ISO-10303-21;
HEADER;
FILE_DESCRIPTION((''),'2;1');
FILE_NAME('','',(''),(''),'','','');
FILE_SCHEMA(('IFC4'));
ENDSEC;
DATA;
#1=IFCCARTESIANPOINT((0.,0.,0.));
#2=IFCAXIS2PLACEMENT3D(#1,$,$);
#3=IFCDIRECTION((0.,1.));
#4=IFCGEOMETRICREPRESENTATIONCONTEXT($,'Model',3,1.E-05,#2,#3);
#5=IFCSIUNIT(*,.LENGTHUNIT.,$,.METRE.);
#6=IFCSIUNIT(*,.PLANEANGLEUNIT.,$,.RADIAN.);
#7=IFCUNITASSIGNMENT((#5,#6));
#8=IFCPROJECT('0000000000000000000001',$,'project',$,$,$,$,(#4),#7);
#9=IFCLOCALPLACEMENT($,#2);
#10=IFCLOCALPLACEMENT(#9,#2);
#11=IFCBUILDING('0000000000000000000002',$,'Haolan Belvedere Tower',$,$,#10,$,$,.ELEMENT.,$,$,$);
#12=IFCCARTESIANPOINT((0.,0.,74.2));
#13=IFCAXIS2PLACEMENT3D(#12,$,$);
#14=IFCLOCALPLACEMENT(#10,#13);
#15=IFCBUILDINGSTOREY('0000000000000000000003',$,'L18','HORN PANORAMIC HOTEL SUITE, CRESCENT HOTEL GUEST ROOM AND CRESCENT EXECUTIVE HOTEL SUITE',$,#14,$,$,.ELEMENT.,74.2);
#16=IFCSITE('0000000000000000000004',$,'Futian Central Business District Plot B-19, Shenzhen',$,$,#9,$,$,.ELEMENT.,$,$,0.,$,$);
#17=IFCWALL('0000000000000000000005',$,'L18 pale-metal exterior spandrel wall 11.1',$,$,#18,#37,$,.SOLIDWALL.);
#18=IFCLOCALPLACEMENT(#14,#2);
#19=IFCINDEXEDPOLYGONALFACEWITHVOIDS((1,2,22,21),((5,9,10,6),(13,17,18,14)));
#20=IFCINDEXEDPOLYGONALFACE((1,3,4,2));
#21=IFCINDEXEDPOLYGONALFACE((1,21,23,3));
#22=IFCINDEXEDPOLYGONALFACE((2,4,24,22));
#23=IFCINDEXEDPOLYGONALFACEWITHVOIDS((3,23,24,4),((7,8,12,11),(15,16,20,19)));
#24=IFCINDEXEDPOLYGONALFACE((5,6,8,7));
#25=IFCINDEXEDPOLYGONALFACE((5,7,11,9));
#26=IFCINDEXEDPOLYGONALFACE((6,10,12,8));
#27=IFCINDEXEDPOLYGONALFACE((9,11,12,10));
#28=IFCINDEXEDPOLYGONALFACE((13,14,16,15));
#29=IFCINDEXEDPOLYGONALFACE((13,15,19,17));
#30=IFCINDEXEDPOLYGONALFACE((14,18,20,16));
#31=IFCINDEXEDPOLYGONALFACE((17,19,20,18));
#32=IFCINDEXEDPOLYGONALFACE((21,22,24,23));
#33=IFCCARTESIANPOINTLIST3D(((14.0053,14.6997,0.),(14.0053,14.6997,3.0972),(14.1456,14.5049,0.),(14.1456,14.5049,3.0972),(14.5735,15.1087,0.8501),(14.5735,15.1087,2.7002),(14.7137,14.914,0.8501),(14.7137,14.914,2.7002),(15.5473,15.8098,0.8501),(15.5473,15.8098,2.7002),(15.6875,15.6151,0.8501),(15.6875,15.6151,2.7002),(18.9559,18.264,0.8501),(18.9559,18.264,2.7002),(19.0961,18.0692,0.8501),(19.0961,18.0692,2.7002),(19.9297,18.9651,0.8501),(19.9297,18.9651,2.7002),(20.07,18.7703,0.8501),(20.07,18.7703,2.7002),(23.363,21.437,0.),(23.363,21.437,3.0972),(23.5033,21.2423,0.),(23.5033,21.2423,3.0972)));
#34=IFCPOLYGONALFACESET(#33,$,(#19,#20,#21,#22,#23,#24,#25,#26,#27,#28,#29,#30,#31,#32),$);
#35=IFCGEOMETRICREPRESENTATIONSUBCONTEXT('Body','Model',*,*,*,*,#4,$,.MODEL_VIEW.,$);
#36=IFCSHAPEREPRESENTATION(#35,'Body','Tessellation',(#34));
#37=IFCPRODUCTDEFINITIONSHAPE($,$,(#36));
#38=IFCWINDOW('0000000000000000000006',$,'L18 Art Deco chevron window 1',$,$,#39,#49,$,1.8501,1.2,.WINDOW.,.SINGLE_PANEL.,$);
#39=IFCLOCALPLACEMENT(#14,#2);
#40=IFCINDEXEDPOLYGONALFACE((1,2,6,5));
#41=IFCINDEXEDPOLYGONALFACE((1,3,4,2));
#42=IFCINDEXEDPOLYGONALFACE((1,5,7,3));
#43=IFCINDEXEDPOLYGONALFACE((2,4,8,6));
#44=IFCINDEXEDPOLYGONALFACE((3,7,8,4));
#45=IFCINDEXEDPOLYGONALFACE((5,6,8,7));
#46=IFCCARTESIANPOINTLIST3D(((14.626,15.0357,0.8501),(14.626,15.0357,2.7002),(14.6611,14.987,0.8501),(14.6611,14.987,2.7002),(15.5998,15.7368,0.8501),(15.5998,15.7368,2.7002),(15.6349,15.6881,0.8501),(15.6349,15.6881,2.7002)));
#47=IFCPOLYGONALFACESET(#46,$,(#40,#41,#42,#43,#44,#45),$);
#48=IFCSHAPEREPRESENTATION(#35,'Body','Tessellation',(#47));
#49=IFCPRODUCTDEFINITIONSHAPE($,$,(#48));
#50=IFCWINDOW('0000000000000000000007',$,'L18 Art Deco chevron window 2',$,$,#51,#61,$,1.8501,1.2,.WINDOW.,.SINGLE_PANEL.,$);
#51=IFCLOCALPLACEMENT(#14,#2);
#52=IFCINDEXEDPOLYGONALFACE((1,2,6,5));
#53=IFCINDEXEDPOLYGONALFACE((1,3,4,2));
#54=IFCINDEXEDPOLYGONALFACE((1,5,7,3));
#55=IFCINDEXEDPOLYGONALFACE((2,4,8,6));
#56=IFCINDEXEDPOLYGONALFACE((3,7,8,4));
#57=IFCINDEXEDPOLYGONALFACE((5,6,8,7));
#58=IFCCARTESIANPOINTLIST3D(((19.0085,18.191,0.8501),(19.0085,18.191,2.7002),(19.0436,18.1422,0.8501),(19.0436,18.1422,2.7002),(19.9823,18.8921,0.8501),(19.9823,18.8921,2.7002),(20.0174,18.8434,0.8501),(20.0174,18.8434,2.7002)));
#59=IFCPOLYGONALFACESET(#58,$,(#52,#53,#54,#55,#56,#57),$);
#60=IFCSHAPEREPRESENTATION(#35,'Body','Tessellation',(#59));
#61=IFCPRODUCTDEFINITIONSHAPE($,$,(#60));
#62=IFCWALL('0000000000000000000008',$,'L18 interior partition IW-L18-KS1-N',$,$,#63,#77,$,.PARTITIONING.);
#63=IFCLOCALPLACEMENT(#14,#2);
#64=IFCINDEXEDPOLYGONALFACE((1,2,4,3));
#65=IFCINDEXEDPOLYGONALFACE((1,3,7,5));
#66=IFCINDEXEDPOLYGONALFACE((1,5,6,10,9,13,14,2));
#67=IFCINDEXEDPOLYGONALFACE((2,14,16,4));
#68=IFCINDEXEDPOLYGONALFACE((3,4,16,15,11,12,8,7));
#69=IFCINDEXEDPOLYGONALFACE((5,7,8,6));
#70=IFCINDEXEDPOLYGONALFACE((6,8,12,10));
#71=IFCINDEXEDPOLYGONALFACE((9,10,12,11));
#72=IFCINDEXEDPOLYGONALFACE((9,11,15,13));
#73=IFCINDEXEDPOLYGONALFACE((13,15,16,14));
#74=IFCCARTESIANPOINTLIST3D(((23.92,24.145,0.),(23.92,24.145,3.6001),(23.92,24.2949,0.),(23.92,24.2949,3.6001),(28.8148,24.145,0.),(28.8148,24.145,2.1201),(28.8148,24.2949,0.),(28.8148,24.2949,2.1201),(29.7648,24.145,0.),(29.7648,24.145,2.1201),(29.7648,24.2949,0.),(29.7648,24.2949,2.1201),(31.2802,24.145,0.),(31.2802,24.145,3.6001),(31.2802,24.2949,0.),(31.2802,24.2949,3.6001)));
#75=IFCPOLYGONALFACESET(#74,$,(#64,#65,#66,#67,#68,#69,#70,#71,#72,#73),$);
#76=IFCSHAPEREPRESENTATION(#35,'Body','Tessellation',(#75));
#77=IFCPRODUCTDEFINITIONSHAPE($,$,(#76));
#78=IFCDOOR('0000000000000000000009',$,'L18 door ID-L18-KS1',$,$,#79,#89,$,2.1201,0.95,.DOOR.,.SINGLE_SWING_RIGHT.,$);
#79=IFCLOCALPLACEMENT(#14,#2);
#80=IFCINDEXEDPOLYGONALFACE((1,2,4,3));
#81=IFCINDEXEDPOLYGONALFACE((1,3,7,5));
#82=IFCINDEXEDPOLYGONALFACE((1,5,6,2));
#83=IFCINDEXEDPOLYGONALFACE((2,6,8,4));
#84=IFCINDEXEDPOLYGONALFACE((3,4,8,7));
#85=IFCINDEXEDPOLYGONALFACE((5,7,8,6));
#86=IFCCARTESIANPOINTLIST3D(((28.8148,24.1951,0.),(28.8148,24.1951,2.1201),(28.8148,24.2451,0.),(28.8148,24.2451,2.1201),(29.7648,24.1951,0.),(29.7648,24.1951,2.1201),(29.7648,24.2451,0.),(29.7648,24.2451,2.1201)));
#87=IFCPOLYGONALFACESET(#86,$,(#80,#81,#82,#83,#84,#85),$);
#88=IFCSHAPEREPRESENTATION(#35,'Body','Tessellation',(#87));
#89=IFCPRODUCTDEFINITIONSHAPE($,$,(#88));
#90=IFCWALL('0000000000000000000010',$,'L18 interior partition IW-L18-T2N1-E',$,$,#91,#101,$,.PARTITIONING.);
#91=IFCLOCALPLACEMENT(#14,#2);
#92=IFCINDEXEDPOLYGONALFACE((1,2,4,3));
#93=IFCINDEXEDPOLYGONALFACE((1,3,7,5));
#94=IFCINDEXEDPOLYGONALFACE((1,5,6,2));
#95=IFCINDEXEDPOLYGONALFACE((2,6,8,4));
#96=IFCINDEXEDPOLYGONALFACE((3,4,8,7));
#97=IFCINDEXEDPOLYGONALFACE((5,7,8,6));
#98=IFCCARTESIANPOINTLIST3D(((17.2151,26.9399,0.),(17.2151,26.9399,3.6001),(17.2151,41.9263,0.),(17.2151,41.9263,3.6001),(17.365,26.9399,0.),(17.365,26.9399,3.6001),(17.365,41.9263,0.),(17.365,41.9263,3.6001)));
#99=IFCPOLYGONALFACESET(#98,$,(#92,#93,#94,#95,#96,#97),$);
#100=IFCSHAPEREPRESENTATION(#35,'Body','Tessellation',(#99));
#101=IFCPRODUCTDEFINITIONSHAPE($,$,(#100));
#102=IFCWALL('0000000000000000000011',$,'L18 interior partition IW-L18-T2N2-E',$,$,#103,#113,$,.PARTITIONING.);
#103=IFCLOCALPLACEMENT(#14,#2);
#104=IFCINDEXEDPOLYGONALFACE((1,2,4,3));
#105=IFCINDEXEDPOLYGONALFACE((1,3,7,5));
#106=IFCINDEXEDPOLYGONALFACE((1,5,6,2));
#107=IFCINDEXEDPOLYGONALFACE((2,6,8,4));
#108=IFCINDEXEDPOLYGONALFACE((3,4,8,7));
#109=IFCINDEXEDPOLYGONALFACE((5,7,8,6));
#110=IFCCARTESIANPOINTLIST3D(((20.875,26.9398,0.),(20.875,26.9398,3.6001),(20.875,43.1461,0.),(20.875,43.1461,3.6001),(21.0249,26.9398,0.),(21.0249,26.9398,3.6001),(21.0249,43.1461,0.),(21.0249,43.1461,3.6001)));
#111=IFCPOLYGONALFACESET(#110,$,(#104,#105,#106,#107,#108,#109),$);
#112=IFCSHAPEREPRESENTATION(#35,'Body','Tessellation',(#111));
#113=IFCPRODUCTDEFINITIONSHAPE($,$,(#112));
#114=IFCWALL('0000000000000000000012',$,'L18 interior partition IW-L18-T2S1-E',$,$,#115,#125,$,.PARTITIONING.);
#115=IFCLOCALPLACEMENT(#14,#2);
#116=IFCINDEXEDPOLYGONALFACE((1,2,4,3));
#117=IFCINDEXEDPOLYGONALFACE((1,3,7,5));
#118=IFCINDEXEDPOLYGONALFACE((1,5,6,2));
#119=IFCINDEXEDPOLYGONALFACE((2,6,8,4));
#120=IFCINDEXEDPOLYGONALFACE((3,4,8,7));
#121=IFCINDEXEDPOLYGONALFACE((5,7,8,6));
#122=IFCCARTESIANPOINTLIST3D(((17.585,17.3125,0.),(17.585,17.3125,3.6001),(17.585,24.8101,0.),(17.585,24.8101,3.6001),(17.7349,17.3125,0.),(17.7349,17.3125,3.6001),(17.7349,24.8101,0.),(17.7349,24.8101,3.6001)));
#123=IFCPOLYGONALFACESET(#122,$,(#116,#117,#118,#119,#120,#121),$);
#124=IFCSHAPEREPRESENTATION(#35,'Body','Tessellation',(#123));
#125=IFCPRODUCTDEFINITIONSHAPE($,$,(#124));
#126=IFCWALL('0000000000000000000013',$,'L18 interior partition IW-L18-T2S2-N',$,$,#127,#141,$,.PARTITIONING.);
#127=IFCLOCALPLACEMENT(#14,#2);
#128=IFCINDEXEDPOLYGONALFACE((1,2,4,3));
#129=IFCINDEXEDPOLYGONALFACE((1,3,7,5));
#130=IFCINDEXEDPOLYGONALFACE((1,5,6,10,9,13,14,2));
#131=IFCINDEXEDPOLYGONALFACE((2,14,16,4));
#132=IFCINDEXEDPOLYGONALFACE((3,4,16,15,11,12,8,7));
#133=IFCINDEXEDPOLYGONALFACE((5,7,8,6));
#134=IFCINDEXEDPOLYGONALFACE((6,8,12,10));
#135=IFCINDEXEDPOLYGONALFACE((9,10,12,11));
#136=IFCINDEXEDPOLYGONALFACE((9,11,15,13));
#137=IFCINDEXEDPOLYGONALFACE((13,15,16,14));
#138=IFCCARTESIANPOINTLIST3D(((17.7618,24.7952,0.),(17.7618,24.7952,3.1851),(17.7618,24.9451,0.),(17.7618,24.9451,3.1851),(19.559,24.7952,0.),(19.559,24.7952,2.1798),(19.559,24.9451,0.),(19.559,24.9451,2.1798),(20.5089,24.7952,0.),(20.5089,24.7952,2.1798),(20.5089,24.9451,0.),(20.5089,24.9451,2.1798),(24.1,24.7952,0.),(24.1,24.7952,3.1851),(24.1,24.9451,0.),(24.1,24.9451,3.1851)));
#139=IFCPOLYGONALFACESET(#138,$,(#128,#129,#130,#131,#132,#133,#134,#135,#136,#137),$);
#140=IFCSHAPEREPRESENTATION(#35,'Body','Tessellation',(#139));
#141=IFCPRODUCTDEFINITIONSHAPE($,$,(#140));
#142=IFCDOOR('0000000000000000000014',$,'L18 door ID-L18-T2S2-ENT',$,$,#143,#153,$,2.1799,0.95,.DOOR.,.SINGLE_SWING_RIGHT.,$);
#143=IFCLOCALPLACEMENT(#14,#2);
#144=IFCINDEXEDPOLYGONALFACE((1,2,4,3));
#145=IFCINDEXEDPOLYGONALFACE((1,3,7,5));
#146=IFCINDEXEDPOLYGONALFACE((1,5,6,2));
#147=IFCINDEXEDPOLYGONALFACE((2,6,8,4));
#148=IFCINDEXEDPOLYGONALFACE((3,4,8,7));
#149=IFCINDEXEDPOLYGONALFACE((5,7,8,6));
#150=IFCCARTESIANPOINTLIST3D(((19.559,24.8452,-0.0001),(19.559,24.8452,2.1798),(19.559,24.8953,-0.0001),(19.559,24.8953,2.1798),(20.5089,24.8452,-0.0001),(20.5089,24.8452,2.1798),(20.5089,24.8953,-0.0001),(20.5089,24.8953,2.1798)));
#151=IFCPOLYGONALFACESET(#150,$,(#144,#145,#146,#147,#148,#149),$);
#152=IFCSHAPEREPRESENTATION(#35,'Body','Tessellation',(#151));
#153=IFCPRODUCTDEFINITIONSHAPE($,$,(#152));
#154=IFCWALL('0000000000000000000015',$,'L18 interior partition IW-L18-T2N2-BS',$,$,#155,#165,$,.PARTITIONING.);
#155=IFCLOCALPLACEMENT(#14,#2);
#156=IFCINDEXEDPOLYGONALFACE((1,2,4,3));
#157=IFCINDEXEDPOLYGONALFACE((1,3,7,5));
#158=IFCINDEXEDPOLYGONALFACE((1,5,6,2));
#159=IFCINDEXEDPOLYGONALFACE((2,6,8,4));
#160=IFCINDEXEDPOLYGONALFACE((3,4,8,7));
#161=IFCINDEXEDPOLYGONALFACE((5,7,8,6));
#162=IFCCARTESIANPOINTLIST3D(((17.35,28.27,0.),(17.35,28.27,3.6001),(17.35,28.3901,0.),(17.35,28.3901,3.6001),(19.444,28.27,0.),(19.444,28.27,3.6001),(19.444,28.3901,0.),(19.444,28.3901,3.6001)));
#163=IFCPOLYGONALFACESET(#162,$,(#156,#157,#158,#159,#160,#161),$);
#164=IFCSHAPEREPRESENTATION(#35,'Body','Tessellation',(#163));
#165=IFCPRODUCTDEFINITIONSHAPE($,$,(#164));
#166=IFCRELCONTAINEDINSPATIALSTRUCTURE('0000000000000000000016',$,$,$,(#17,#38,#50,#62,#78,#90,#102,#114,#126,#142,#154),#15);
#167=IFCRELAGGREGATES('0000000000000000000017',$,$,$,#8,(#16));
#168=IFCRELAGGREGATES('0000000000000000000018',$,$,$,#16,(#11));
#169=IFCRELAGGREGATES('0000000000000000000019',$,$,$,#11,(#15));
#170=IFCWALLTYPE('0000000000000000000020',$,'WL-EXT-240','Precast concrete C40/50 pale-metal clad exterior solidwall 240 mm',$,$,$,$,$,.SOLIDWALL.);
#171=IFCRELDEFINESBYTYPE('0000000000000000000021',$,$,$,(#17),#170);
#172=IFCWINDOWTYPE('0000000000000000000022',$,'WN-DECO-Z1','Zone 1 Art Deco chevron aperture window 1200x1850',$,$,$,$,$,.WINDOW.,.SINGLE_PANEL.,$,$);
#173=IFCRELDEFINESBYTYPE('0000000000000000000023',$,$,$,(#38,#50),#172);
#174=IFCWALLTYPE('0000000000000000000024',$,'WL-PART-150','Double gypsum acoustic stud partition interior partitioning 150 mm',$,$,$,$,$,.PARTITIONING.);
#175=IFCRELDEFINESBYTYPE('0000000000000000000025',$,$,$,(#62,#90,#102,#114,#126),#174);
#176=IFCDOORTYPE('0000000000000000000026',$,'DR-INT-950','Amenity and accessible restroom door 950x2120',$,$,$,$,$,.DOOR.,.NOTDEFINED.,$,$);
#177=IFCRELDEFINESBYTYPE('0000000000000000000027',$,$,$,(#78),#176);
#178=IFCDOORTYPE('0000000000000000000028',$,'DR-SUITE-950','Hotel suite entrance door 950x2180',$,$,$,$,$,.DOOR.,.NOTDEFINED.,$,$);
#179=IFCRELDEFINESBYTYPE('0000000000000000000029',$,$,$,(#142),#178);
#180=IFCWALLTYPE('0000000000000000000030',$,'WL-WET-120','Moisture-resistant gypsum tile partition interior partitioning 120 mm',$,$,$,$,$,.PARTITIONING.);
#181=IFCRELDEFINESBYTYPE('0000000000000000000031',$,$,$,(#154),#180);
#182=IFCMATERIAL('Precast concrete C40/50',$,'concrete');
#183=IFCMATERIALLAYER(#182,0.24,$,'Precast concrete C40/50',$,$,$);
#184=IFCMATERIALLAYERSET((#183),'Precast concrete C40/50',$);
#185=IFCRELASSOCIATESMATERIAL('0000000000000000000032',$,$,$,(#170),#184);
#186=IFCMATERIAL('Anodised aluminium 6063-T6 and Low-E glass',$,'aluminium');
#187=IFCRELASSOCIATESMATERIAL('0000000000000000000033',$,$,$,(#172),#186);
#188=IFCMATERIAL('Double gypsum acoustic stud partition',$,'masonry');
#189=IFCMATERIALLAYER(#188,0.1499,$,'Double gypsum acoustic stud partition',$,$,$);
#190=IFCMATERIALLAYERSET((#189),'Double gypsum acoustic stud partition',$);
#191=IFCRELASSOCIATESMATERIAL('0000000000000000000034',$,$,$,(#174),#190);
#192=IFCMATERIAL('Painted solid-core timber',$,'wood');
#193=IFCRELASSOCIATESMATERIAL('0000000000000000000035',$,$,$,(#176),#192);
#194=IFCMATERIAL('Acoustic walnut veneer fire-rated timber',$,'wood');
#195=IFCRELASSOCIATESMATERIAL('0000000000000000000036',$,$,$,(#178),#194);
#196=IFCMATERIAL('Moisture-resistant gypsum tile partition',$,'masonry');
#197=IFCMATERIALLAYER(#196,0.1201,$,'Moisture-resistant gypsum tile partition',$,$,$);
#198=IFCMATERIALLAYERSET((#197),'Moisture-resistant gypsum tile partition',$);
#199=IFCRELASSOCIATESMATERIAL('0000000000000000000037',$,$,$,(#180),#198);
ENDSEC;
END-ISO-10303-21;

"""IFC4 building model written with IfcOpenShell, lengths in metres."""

from ifc_helpers import new_model, si_unit, direction, frame, frame_2d, origin, place, context, subcontext, project, spatial, rectangle, extrude, material, layer, layer_set, type_object, element, fill, save


model = new_model("IFC4")

# Units and contexts
model_context = context("Model", 3, precision=1e-05, world=origin(), true_north=direction((0.0, 1.0)))
body_context = subcontext(model_context, "Body", "Model", "MODEL_VIEW")
ifc_project = project(units=[si_unit("LENGTHUNIT", "METRE"), si_unit("PLANEANGLEUNIT", "RADIAN")], contexts=[model_context])

# Site, building, storey
site_placement = place(None, origin())
site = spatial("IfcSite", under=ifc_project, at=site_placement, Name="Futian Central Business District Plot B-19, Shenzhen", CompositionType="ELEMENT", RefElevation=0.0)
building_placement = place(site_placement, origin())
building = spatial("IfcBuilding", under=site, at=building_placement, Name="Haolan Belvedere Tower", CompositionType="ELEMENT")
storey_placement = place(building_placement, frame((0.0, 0.0, 74.2)))
storey = spatial("IfcBuildingStorey", under=building, at=storey_placement, Name="L18", Description="HORN PANORAMIC HOTEL SUITE, CRESCENT HOTEL GUEST ROOM AND CRESCENT EXECUTIVE HOTEL SUITE", CompositionType="ELEMENT", Elevation=74.2)

# Shared definitions
ifc_material_1 = material(Name="Precast concrete C40/50", Category="concrete")
ifc_layer_1 = layer(ifc_material_1, 0.24, Name="Precast concrete C40/50")
ifc_layer_set_1 = layer_set([ifc_layer_1], Name="Precast concrete C40/50")
wall_type_1 = type_object("IfcWallType", Name="WL-EXT-240", Description="Precast concrete C40/50 pale-metal clad exterior solidwall 240 mm", PredefinedType="SOLIDWALL", material=ifc_layer_set_1)

# Wall, openings, windows
wall_1_placement = place(storey_placement, frame((14.0754, 14.6023, 0.0), z_axis=(0.0, 0.0, 1.0), x_axis=(0.811543, 0.584292, 0.0)))
wall_1 = element("IfcWall", 1, at=wall_1_placement, inside=storey, type_object=wall_type_1, Name="L18 pale-metal exterior spandrel wall 11.1", PredefinedType="SOLIDWALL", context=body_context, shape_type="SweptSolid", body=[
    extrude(rectangle(XDim=11.5308, YDim=0.24, at=frame_2d((5.7654, 0.0))), origin(), (0.0, 0.0, 1.0), 3.0972),
])
opening_1_placement = place(wall_1_placement, frame((0.7, 0.0, 0.8501)))
opening_1 = element("IfcOpeningElement", 2, at=opening_1_placement, cuts=wall_1, PredefinedType="OPENING", context=body_context, shape_type="SweptSolid", body=[
    extrude(rectangle(XDim=1.2, YDim=1.8501, at=frame_2d((0.6001, 0.925))), frame((0.0, 0.1299, 0.0), z_axis=(0.0, -1.0, 0.0), x_axis=(1.0, 0.0, 0.0)), (0.0, 0.0, 1.0), 0.26),
])
opening_2_placement = place(wall_1_placement, frame((6.1001, 0.0, 0.8501)))
opening_2 = element("IfcOpeningElement", 3, at=opening_2_placement, cuts=wall_1, PredefinedType="OPENING", context=body_context, shape_type="SweptSolid", body=[
    extrude(rectangle(XDim=1.2, YDim=1.8501, at=frame_2d((0.6001, 0.925))), frame((0.0, 0.1299, 0.0), z_axis=(0.0, -1.0, 0.0), x_axis=(1.0, 0.0, 0.0)), (0.0, 0.0, 1.0), 0.26),
])
ifc_material_2 = material(Name="Anodised aluminium 6063-T6 and Low-E glass", Category="aluminium")
window_type = type_object("IfcWindowType", Name="WN-DECO-Z1", Description="Zone 1 Art Deco chevron aperture window 1200x1850", PartitioningType="SINGLE_PANEL", PredefinedType="WINDOW", material=ifc_material_2)
window_1_placement = place(opening_1_placement, origin())
window_1 = element("IfcWindow", 4, at=window_1_placement, inside=storey, type_object=window_type, Name="L18 Art Deco chevron window 1", OverallHeight=1.8501, OverallWidth=1.2, PartitioningType="SINGLE_PANEL", PredefinedType="WINDOW", context=body_context, shape_type="SweptSolid", body=[
    extrude(rectangle(XDim=1.2, YDim=1.8501, at=frame_2d((0.6001, 0.925))), frame((0.0, 0.03, 0.0), z_axis=(0.0, -1.0, 0.0), x_axis=(1.0, 0.0, 0.0)), (0.0, 0.0, 1.0), 0.0601),
])
fill(opening_1, window_1)
window_2_placement = place(opening_2_placement, origin())
window_2 = element("IfcWindow", 5, at=window_2_placement, inside=storey, type_object=window_type, Name="L18 Art Deco chevron window 2", OverallHeight=1.8501, OverallWidth=1.2, PartitioningType="SINGLE_PANEL", PredefinedType="WINDOW", context=body_context, shape_type="SweptSolid", body=[
    extrude(rectangle(XDim=1.2, YDim=1.8501, at=frame_2d((0.6001, 0.925))), frame((0.0, 0.03, 0.0), z_axis=(0.0, -1.0, 0.0), x_axis=(1.0, 0.0, 0.0)), (0.0, 0.0, 1.0), 0.0601),
])
fill(opening_2, window_2)

# Wall, opening, door
ifc_material_3 = material(Name="Double gypsum acoustic stud partition", Category="masonry")
ifc_layer_2 = layer(ifc_material_3, 0.1499, Name="Double gypsum acoustic stud partition")
ifc_layer_set_2 = layer_set([ifc_layer_2], Name="Double gypsum acoustic stud partition")
wall_type_2 = type_object("IfcWallType", Name="WL-PART-150", Description="Double gypsum acoustic stud partition interior partitioning 150 mm", PredefinedType="PARTITIONING", material=ifc_layer_set_2)
wall_2_placement = place(storey_placement, frame((23.9199, 24.22, 0.0), z_axis=(0.0, 0.0, 1.0), x_axis=(1.0, 0.0, 0.0)))
wall_2 = element("IfcWall", 6, at=wall_2_placement, inside=storey, type_object=wall_type_2, Name="L18 interior partition IW-L18-KS1-N", PredefinedType="PARTITIONING", context=body_context, shape_type="SweptSolid", body=[
    extrude(rectangle(XDim=7.3601, YDim=0.1499, at=frame_2d((3.6802, 0.0))), origin(), (0.0, 0.0, 1.0), 3.6001),
])
opening_3_placement = place(wall_2_placement, frame((5.845, 0.0, 0.0), z_axis=(0.0, 0.0, 1.0), x_axis=(-1.0, 0.0, 0.0)))
opening_3 = element("IfcOpeningElement", 7, at=opening_3_placement, cuts=wall_2, PredefinedType="OPENING", context=body_context, shape_type="SweptSolid", body=[
    extrude(rectangle(XDim=0.95, YDim=2.1201, at=frame_2d((0.4751, 1.0601))), frame((0.0, 0.085, 0.0), z_axis=(0.0, -1.0, 0.0), x_axis=(1.0, 0.0, 0.0)), (0.0, 0.0, 1.0), 0.1699),
])
ifc_material_4 = material(Name="Painted solid-core timber", Category="wood")
door_type_1 = type_object("IfcDoorType", Name="DR-INT-950", Description="Amenity and accessible restroom door 950x2120", OperationType="NOTDEFINED", PredefinedType="DOOR", material=ifc_material_4)
door_1_placement = place(opening_3_placement, origin())
door_1 = element("IfcDoor", 8, at=door_1_placement, inside=storey, type_object=door_type_1, Name="L18 door ID-L18-KS1", OperationType="SINGLE_SWING_RIGHT", OverallHeight=2.1201, OverallWidth=0.95, PredefinedType="DOOR", context=body_context, shape_type="SweptSolid", body=[
    extrude(rectangle(XDim=0.95, YDim=2.1201, at=frame_2d((0.4751, 1.0601))), frame((0.0, 0.0249, 0.0), z_axis=(0.0, -1.0, 0.0), x_axis=(1.0, 0.0, 0.0)), (0.0, 0.0, 1.0), 0.05),
])
fill(opening_3, door_1)

# Wall
wall_3_placement = place(storey_placement, frame((17.29, 26.9399, 0.0), z_axis=(0.0, 0.0, 1.0), x_axis=(0.0, 1.0, 0.0)))
element("IfcWall", 9, at=wall_3_placement, inside=storey, type_object=wall_type_2, Name="L18 interior partition IW-L18-T2N1-E", PredefinedType="PARTITIONING", context=body_context, shape_type="SweptSolid", body=[
    extrude(rectangle(XDim=14.9863, YDim=0.1499, at=frame_2d((7.4932, 0.0))), origin(), (0.0, 0.0, 1.0), 3.6001),
])

# Wall
wall_4_placement = place(storey_placement, frame((20.95, 26.9399, 0.0), z_axis=(0.0, 0.0, 1.0), x_axis=(0.0, 1.0, 0.0)))
element("IfcWall", 10, at=wall_4_placement, inside=storey, type_object=wall_type_2, Name="L18 interior partition IW-L18-T2N2-E", PredefinedType="PARTITIONING", context=body_context, shape_type="SweptSolid", body=[
    extrude(rectangle(XDim=16.2063, YDim=0.1499, at=frame_2d((8.103, 0.0))), origin(), (0.0, 0.0, 1.0), 3.6001),
])

# Wall
wall_5_placement = place(storey_placement, frame((17.6599, 17.3125, 0.0), z_axis=(0.0, 0.0, 1.0), x_axis=(0.0, 1.0, 0.0)))
element("IfcWall", 11, at=wall_5_placement, inside=storey, type_object=wall_type_2, Name="L18 interior partition IW-L18-T2S1-E", PredefinedType="PARTITIONING", context=body_context, shape_type="SweptSolid", body=[
    extrude(rectangle(XDim=7.4976, YDim=0.1499, at=frame_2d((3.7488, 0.0))), origin(), (0.0, 0.0, 1.0), 3.6001),
])

# Wall, opening, door
wall_6_placement = place(storey_placement, frame((17.762, 24.8701, 0.0), z_axis=(0.0, 0.0, 1.0), x_axis=(1.0, 0.0, 0.0)))
wall_6 = element("IfcWall", 12, at=wall_6_placement, inside=storey, type_object=wall_type_2, Name="L18 interior partition IW-L18-T2S2-N", PredefinedType="PARTITIONING", context=body_context, shape_type="SweptSolid", body=[
    extrude(rectangle(XDim=6.3381, YDim=0.1499, at=frame_2d((3.1689, 0.0))), origin(), (0.0, 0.0, 1.0), 3.1851),
])
opening_4_placement = place(wall_6_placement, frame((2.7471, 0.0, 0.0), z_axis=(0.0, 0.0, 1.0), x_axis=(-1.0, 0.0, 0.0)))
opening_4 = element("IfcOpeningElement", 13, at=opening_4_placement, cuts=wall_6, PredefinedType="OPENING", context=body_context, shape_type="SweptSolid", body=[
    extrude(rectangle(XDim=0.95, YDim=2.1799, at=frame_2d((0.4751, 1.0898))), frame((0.0, 0.085, 0.0), z_axis=(0.0, -1.0, 0.0), x_axis=(1.0, 0.0, 0.0)), (0.0, 0.0, 1.0), 0.1699),
])
ifc_material_5 = material(Name="Acoustic walnut veneer fire-rated timber", Category="wood")
door_type_2 = type_object("IfcDoorType", Name="DR-SUITE-950", Description="Hotel suite entrance door 950x2180", OperationType="NOTDEFINED", PredefinedType="DOOR", material=ifc_material_5)
door_2_placement = place(opening_4_placement, origin())
door_2 = element("IfcDoor", 14, at=door_2_placement, inside=storey, type_object=door_type_2, Name="L18 door ID-L18-T2S2-ENT", OperationType="SINGLE_SWING_RIGHT", OverallHeight=2.1799, OverallWidth=0.95, PredefinedType="DOOR", context=body_context, shape_type="SweptSolid", body=[
    extrude(rectangle(XDim=0.95, YDim=2.1799, at=frame_2d((0.4751, 1.0898))), frame((0.0, 0.0249, 0.0), z_axis=(0.0, -1.0, 0.0), x_axis=(1.0, 0.0, 0.0)), (0.0, 0.0, 1.0), 0.05),
])
fill(opening_4, door_2)

# Wall
ifc_material_6 = material(Name="Moisture-resistant gypsum tile partition", Category="masonry")
ifc_layer_3 = layer(ifc_material_6, 0.1201, Name="Moisture-resistant gypsum tile partition")
ifc_layer_set_3 = layer_set([ifc_layer_3], Name="Moisture-resistant gypsum tile partition")
wall_type_3 = type_object("IfcWallType", Name="WL-WET-120", Description="Moisture-resistant gypsum tile partition interior partitioning 120 mm", PredefinedType="PARTITIONING", material=ifc_layer_set_3)
wall_7_placement = place(storey_placement, frame((17.3501, 28.3301, 0.0), z_axis=(0.0, 0.0, 1.0), x_axis=(1.0, 0.0, 0.0)))
element("IfcWall", 15, at=wall_7_placement, inside=storey, type_object=wall_type_3, Name="L18 interior partition IW-L18-T2N2-BS", PredefinedType="PARTITIONING", context=body_context, shape_type="SweptSolid", body=[
    extrude(rectangle(XDim=2.094, YDim=0.1201, at=frame_2d((1.0469, 0.0))), origin(), (0.0, 0.0, 1.0), 3.6001),
])

save(model, "model.ifc")
